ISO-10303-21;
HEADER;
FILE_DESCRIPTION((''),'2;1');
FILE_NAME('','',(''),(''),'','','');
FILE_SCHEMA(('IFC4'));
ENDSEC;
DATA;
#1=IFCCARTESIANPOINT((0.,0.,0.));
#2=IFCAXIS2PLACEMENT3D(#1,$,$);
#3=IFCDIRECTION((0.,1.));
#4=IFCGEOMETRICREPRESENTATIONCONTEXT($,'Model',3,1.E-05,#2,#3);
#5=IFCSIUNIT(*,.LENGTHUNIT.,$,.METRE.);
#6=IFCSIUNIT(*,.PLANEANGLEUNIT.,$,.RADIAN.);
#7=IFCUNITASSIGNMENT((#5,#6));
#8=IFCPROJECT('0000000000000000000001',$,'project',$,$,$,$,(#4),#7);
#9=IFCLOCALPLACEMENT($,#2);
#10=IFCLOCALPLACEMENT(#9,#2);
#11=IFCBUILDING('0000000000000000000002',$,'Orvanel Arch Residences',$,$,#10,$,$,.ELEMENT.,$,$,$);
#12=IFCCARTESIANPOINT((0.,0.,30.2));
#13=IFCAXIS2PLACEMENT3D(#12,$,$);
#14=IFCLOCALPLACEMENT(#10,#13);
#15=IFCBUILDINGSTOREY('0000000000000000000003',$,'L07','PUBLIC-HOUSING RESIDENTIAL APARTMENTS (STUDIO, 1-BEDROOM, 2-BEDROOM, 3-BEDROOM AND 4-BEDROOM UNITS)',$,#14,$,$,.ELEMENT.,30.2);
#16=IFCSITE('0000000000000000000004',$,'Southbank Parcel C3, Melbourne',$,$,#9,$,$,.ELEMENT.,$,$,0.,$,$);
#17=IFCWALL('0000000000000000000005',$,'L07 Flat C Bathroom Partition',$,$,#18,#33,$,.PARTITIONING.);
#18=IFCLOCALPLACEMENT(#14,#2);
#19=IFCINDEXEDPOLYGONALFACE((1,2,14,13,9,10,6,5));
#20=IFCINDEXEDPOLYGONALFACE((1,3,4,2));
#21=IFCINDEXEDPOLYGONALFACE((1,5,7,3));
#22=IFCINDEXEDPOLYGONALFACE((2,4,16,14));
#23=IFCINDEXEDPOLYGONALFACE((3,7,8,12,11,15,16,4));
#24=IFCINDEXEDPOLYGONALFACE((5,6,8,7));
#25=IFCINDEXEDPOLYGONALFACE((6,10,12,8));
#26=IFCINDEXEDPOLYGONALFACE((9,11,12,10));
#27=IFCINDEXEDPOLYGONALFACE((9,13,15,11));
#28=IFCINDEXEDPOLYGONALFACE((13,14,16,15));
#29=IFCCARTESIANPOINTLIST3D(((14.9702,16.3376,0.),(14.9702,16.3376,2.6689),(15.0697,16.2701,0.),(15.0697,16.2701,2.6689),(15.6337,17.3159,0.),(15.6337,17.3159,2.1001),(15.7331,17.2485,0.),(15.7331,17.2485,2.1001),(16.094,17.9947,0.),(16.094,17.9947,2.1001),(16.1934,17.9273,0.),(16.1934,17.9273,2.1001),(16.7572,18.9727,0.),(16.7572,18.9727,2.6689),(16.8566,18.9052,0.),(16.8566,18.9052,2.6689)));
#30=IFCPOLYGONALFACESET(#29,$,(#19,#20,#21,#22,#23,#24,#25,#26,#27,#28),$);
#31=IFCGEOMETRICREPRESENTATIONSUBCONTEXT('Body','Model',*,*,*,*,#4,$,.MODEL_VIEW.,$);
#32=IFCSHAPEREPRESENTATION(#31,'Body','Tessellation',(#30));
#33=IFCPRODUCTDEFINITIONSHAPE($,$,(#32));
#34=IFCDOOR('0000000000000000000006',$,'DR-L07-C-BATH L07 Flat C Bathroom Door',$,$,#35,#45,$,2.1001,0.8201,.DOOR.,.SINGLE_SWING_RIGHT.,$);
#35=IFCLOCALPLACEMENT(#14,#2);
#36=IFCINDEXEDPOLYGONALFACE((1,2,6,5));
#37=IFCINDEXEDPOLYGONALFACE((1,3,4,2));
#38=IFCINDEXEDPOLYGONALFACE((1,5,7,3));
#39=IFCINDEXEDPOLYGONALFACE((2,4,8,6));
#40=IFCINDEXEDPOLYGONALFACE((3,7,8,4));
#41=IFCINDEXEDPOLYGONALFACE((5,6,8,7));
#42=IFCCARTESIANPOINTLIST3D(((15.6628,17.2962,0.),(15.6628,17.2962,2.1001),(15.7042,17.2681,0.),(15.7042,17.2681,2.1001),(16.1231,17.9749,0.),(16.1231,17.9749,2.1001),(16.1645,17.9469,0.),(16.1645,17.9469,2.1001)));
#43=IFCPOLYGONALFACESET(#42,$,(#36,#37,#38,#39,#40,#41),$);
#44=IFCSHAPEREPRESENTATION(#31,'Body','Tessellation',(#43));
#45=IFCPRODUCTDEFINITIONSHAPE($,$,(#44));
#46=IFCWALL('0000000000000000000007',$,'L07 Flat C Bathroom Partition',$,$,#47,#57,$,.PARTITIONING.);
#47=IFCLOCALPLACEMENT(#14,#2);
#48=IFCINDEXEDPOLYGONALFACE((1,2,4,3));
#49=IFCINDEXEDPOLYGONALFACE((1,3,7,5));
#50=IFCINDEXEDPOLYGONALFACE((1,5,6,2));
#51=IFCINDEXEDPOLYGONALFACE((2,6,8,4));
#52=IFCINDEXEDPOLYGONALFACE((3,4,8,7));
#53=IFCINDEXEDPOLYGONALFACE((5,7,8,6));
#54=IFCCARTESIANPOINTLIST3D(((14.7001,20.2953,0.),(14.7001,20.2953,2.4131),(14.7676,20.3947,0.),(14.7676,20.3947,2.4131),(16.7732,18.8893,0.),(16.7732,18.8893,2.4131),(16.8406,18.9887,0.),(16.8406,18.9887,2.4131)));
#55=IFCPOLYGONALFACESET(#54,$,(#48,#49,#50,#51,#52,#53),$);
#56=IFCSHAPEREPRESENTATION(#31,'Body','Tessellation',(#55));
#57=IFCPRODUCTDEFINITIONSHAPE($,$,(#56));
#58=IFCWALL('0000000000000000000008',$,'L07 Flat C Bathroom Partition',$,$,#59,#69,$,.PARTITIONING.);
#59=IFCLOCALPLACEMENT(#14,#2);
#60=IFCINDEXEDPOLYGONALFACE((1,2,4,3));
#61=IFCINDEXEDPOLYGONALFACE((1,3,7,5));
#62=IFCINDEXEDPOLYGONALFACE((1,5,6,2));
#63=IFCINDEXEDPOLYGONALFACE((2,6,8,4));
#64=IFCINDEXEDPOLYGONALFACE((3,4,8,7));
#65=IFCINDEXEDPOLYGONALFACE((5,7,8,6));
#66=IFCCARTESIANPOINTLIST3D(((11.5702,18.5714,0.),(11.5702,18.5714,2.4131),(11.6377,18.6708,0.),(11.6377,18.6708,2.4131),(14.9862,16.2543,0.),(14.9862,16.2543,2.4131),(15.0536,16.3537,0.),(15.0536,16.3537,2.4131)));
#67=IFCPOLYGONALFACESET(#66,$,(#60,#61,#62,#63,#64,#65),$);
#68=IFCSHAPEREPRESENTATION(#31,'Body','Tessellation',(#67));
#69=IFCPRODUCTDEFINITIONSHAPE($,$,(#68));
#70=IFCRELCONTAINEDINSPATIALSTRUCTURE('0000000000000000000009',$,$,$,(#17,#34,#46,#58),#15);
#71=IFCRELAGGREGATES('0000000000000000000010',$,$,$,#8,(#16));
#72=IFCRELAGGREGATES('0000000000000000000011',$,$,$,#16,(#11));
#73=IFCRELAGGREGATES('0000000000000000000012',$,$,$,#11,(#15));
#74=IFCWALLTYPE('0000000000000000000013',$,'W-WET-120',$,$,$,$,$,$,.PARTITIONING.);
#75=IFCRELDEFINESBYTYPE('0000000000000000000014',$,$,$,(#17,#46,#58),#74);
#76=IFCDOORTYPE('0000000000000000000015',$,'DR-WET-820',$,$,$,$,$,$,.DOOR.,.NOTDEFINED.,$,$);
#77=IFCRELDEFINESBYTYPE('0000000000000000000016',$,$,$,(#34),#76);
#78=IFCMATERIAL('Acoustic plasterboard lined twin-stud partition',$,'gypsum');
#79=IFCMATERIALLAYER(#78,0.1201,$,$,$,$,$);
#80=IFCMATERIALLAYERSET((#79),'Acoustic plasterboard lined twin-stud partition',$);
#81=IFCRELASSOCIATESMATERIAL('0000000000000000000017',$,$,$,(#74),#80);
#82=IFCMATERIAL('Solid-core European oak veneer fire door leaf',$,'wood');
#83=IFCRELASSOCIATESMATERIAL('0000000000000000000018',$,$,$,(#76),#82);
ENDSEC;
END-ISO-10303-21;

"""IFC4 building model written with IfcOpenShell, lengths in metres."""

from ifc_helpers import new_model, si_unit, direction, frame, frame_2d, origin, place, context, subcontext, project, spatial, rectangle, extrude, material, layer, layer_set, type_object, element, fill, save


model = new_model("IFC4")

# Units and contexts
model_context = context("Model", 3, precision=1e-05, world=origin(), true_north=direction((0.0, 1.0)))
body_context = subcontext(model_context, "Body", "Model", "MODEL_VIEW")
ifc_project = project(units=[si_unit("LENGTHUNIT", "METRE"), si_unit("PLANEANGLEUNIT", "RADIAN")], contexts=[model_context])

# Site, building, storey
site_placement = place(None, origin())
site = spatial("IfcSite", under=ifc_project, at=site_placement, Name="Southbank Parcel C3, Melbourne", CompositionType="ELEMENT", RefElevation=0.0)
building_placement = place(site_placement, origin())
building = spatial("IfcBuilding", under=site, at=building_placement, Name="Orvanel Arch Residences", CompositionType="ELEMENT")
storey_placement = place(building_placement, frame((0.0, 0.0, 30.2)))
storey = spatial("IfcBuildingStorey", under=building, at=storey_placement, Name="L07", Description="PUBLIC-HOUSING RESIDENTIAL APARTMENTS (STUDIO, 1-BEDROOM, 2-BEDROOM, 3-BEDROOM AND 4-BEDROOM UNITS)", CompositionType="ELEMENT", Elevation=30.2)

# Shared definitions
ifc_material_1 = material(Name="Solid-core European oak veneer fire door leaf", Category="wood")

# Shared definitions
ifc_material_2 = material(Name="Acoustic plasterboard lined twin-stud partition", Category="gypsum")

# Shared definitions
ifc_layer_1 = layer(ifc_material_2, 0.1201)
ifc_layer_set_1 = layer_set([ifc_layer_1], Name="Acoustic plasterboard lined twin-stud partition")
wall_type_1 = type_object("IfcWallType", Name="W-WET-120", PredefinedType="PARTITIONING", material=ifc_layer_set_1)
door_type_1 = type_object("IfcDoorType", Name="DR-WET-820", OperationType="NOTDEFINED", PredefinedType="DOOR", material=ifc_material_1)

# Wall, opening, door
wall_1_placement = place(storey_placement, frame((15.02, 16.304, 0.0), z_axis=(0.0, 0.0, 1.0), x_axis=(0.561248, 0.827648, 0.0)))
wall_1 = element("IfcWall", 1, at=wall_1_placement, inside=storey, type_object=wall_type_1, Name="L07 Flat C Bathroom Partition", PredefinedType="PARTITIONING", context=body_context, shape_type="SweptSolid", body=[
    extrude(rectangle(XDim=3.1838, YDim=0.1201, at=frame_2d((1.5918, 0.0))), origin(), (0.0, 0.0, 1.0), 2.6689),
])
opening_1_placement = place(wall_1_placement, frame((1.1819, 0.0, 0.0)))
opening_1 = element("IfcOpeningElement", 2, at=opening_1_placement, cuts=wall_1, PredefinedType="OPENING", context=body_context, shape_type="SweptSolid", body=[
    extrude(rectangle(XDim=0.8201, YDim=2.1001, at=frame_2d((0.4102, 1.05))), frame((0.0, 0.0701, 0.0), z_axis=(0.0, -1.0, 0.0), x_axis=(1.0, 0.0, 0.0)), (0.0, 0.0, 1.0), 0.1401),
])
door_1_placement = place(opening_1_placement, origin())
door_1 = element("IfcDoor", 3, at=door_1_placement, inside=storey, type_object=door_type_1, Name="DR-L07-C-BATH L07 Flat C Bathroom Door", OperationType="SINGLE_SWING_RIGHT", OverallHeight=2.1001, OverallWidth=0.8201, PredefinedType="DOOR", context=body_context, shape_type="SweptSolid", body=[
    extrude(rectangle(XDim=0.8201, YDim=2.1001, at=frame_2d((0.4102, 1.05))), frame((0.0, 0.0249, 0.0), z_axis=(0.0, -1.0, 0.0), x_axis=(1.0, 0.0, 0.0)), (0.0, 0.0, 1.0), 0.05),
])
fill(opening_1, door_1)

# Walls
wall_2_placement = place(storey_placement, frame((16.8069, 18.939, 0.0), z_axis=(0.0, 0.0, 1.0), x_axis=(-0.8276, 0.561318, 0.0)))
element("IfcWall", 4, at=wall_2_placement, inside=storey, type_object=wall_type_1, Name="L07 Flat C Bathroom Partition", PredefinedType="PARTITIONING", context=body_context, shape_type="SweptSolid", body=[
    extrude(rectangle(XDim=2.5049, YDim=0.1201, at=frame_2d((1.2524, 0.0))), origin(), (0.0, 0.0, 1.0), 2.4131),
])
wall_3_placement = place(storey_placement, frame((15.02, 16.304, 0.0), z_axis=(0.0, 0.0, 1.0), x_axis=(-0.827574, 0.561357, 0.0)))
element("IfcWall", 5, at=wall_3_placement, inside=storey, type_object=wall_type_1, Name="L07 Flat C Bathroom Partition", PredefinedType="PARTITIONING", context=body_context, shape_type="SweptSolid", body=[
    extrude(rectangle(XDim=4.1277, YDim=0.1201, at=frame_2d((2.064, 0.0))), origin(), (0.0, 0.0, 1.0), 2.4131),
])

save(model, "model.ifc")
